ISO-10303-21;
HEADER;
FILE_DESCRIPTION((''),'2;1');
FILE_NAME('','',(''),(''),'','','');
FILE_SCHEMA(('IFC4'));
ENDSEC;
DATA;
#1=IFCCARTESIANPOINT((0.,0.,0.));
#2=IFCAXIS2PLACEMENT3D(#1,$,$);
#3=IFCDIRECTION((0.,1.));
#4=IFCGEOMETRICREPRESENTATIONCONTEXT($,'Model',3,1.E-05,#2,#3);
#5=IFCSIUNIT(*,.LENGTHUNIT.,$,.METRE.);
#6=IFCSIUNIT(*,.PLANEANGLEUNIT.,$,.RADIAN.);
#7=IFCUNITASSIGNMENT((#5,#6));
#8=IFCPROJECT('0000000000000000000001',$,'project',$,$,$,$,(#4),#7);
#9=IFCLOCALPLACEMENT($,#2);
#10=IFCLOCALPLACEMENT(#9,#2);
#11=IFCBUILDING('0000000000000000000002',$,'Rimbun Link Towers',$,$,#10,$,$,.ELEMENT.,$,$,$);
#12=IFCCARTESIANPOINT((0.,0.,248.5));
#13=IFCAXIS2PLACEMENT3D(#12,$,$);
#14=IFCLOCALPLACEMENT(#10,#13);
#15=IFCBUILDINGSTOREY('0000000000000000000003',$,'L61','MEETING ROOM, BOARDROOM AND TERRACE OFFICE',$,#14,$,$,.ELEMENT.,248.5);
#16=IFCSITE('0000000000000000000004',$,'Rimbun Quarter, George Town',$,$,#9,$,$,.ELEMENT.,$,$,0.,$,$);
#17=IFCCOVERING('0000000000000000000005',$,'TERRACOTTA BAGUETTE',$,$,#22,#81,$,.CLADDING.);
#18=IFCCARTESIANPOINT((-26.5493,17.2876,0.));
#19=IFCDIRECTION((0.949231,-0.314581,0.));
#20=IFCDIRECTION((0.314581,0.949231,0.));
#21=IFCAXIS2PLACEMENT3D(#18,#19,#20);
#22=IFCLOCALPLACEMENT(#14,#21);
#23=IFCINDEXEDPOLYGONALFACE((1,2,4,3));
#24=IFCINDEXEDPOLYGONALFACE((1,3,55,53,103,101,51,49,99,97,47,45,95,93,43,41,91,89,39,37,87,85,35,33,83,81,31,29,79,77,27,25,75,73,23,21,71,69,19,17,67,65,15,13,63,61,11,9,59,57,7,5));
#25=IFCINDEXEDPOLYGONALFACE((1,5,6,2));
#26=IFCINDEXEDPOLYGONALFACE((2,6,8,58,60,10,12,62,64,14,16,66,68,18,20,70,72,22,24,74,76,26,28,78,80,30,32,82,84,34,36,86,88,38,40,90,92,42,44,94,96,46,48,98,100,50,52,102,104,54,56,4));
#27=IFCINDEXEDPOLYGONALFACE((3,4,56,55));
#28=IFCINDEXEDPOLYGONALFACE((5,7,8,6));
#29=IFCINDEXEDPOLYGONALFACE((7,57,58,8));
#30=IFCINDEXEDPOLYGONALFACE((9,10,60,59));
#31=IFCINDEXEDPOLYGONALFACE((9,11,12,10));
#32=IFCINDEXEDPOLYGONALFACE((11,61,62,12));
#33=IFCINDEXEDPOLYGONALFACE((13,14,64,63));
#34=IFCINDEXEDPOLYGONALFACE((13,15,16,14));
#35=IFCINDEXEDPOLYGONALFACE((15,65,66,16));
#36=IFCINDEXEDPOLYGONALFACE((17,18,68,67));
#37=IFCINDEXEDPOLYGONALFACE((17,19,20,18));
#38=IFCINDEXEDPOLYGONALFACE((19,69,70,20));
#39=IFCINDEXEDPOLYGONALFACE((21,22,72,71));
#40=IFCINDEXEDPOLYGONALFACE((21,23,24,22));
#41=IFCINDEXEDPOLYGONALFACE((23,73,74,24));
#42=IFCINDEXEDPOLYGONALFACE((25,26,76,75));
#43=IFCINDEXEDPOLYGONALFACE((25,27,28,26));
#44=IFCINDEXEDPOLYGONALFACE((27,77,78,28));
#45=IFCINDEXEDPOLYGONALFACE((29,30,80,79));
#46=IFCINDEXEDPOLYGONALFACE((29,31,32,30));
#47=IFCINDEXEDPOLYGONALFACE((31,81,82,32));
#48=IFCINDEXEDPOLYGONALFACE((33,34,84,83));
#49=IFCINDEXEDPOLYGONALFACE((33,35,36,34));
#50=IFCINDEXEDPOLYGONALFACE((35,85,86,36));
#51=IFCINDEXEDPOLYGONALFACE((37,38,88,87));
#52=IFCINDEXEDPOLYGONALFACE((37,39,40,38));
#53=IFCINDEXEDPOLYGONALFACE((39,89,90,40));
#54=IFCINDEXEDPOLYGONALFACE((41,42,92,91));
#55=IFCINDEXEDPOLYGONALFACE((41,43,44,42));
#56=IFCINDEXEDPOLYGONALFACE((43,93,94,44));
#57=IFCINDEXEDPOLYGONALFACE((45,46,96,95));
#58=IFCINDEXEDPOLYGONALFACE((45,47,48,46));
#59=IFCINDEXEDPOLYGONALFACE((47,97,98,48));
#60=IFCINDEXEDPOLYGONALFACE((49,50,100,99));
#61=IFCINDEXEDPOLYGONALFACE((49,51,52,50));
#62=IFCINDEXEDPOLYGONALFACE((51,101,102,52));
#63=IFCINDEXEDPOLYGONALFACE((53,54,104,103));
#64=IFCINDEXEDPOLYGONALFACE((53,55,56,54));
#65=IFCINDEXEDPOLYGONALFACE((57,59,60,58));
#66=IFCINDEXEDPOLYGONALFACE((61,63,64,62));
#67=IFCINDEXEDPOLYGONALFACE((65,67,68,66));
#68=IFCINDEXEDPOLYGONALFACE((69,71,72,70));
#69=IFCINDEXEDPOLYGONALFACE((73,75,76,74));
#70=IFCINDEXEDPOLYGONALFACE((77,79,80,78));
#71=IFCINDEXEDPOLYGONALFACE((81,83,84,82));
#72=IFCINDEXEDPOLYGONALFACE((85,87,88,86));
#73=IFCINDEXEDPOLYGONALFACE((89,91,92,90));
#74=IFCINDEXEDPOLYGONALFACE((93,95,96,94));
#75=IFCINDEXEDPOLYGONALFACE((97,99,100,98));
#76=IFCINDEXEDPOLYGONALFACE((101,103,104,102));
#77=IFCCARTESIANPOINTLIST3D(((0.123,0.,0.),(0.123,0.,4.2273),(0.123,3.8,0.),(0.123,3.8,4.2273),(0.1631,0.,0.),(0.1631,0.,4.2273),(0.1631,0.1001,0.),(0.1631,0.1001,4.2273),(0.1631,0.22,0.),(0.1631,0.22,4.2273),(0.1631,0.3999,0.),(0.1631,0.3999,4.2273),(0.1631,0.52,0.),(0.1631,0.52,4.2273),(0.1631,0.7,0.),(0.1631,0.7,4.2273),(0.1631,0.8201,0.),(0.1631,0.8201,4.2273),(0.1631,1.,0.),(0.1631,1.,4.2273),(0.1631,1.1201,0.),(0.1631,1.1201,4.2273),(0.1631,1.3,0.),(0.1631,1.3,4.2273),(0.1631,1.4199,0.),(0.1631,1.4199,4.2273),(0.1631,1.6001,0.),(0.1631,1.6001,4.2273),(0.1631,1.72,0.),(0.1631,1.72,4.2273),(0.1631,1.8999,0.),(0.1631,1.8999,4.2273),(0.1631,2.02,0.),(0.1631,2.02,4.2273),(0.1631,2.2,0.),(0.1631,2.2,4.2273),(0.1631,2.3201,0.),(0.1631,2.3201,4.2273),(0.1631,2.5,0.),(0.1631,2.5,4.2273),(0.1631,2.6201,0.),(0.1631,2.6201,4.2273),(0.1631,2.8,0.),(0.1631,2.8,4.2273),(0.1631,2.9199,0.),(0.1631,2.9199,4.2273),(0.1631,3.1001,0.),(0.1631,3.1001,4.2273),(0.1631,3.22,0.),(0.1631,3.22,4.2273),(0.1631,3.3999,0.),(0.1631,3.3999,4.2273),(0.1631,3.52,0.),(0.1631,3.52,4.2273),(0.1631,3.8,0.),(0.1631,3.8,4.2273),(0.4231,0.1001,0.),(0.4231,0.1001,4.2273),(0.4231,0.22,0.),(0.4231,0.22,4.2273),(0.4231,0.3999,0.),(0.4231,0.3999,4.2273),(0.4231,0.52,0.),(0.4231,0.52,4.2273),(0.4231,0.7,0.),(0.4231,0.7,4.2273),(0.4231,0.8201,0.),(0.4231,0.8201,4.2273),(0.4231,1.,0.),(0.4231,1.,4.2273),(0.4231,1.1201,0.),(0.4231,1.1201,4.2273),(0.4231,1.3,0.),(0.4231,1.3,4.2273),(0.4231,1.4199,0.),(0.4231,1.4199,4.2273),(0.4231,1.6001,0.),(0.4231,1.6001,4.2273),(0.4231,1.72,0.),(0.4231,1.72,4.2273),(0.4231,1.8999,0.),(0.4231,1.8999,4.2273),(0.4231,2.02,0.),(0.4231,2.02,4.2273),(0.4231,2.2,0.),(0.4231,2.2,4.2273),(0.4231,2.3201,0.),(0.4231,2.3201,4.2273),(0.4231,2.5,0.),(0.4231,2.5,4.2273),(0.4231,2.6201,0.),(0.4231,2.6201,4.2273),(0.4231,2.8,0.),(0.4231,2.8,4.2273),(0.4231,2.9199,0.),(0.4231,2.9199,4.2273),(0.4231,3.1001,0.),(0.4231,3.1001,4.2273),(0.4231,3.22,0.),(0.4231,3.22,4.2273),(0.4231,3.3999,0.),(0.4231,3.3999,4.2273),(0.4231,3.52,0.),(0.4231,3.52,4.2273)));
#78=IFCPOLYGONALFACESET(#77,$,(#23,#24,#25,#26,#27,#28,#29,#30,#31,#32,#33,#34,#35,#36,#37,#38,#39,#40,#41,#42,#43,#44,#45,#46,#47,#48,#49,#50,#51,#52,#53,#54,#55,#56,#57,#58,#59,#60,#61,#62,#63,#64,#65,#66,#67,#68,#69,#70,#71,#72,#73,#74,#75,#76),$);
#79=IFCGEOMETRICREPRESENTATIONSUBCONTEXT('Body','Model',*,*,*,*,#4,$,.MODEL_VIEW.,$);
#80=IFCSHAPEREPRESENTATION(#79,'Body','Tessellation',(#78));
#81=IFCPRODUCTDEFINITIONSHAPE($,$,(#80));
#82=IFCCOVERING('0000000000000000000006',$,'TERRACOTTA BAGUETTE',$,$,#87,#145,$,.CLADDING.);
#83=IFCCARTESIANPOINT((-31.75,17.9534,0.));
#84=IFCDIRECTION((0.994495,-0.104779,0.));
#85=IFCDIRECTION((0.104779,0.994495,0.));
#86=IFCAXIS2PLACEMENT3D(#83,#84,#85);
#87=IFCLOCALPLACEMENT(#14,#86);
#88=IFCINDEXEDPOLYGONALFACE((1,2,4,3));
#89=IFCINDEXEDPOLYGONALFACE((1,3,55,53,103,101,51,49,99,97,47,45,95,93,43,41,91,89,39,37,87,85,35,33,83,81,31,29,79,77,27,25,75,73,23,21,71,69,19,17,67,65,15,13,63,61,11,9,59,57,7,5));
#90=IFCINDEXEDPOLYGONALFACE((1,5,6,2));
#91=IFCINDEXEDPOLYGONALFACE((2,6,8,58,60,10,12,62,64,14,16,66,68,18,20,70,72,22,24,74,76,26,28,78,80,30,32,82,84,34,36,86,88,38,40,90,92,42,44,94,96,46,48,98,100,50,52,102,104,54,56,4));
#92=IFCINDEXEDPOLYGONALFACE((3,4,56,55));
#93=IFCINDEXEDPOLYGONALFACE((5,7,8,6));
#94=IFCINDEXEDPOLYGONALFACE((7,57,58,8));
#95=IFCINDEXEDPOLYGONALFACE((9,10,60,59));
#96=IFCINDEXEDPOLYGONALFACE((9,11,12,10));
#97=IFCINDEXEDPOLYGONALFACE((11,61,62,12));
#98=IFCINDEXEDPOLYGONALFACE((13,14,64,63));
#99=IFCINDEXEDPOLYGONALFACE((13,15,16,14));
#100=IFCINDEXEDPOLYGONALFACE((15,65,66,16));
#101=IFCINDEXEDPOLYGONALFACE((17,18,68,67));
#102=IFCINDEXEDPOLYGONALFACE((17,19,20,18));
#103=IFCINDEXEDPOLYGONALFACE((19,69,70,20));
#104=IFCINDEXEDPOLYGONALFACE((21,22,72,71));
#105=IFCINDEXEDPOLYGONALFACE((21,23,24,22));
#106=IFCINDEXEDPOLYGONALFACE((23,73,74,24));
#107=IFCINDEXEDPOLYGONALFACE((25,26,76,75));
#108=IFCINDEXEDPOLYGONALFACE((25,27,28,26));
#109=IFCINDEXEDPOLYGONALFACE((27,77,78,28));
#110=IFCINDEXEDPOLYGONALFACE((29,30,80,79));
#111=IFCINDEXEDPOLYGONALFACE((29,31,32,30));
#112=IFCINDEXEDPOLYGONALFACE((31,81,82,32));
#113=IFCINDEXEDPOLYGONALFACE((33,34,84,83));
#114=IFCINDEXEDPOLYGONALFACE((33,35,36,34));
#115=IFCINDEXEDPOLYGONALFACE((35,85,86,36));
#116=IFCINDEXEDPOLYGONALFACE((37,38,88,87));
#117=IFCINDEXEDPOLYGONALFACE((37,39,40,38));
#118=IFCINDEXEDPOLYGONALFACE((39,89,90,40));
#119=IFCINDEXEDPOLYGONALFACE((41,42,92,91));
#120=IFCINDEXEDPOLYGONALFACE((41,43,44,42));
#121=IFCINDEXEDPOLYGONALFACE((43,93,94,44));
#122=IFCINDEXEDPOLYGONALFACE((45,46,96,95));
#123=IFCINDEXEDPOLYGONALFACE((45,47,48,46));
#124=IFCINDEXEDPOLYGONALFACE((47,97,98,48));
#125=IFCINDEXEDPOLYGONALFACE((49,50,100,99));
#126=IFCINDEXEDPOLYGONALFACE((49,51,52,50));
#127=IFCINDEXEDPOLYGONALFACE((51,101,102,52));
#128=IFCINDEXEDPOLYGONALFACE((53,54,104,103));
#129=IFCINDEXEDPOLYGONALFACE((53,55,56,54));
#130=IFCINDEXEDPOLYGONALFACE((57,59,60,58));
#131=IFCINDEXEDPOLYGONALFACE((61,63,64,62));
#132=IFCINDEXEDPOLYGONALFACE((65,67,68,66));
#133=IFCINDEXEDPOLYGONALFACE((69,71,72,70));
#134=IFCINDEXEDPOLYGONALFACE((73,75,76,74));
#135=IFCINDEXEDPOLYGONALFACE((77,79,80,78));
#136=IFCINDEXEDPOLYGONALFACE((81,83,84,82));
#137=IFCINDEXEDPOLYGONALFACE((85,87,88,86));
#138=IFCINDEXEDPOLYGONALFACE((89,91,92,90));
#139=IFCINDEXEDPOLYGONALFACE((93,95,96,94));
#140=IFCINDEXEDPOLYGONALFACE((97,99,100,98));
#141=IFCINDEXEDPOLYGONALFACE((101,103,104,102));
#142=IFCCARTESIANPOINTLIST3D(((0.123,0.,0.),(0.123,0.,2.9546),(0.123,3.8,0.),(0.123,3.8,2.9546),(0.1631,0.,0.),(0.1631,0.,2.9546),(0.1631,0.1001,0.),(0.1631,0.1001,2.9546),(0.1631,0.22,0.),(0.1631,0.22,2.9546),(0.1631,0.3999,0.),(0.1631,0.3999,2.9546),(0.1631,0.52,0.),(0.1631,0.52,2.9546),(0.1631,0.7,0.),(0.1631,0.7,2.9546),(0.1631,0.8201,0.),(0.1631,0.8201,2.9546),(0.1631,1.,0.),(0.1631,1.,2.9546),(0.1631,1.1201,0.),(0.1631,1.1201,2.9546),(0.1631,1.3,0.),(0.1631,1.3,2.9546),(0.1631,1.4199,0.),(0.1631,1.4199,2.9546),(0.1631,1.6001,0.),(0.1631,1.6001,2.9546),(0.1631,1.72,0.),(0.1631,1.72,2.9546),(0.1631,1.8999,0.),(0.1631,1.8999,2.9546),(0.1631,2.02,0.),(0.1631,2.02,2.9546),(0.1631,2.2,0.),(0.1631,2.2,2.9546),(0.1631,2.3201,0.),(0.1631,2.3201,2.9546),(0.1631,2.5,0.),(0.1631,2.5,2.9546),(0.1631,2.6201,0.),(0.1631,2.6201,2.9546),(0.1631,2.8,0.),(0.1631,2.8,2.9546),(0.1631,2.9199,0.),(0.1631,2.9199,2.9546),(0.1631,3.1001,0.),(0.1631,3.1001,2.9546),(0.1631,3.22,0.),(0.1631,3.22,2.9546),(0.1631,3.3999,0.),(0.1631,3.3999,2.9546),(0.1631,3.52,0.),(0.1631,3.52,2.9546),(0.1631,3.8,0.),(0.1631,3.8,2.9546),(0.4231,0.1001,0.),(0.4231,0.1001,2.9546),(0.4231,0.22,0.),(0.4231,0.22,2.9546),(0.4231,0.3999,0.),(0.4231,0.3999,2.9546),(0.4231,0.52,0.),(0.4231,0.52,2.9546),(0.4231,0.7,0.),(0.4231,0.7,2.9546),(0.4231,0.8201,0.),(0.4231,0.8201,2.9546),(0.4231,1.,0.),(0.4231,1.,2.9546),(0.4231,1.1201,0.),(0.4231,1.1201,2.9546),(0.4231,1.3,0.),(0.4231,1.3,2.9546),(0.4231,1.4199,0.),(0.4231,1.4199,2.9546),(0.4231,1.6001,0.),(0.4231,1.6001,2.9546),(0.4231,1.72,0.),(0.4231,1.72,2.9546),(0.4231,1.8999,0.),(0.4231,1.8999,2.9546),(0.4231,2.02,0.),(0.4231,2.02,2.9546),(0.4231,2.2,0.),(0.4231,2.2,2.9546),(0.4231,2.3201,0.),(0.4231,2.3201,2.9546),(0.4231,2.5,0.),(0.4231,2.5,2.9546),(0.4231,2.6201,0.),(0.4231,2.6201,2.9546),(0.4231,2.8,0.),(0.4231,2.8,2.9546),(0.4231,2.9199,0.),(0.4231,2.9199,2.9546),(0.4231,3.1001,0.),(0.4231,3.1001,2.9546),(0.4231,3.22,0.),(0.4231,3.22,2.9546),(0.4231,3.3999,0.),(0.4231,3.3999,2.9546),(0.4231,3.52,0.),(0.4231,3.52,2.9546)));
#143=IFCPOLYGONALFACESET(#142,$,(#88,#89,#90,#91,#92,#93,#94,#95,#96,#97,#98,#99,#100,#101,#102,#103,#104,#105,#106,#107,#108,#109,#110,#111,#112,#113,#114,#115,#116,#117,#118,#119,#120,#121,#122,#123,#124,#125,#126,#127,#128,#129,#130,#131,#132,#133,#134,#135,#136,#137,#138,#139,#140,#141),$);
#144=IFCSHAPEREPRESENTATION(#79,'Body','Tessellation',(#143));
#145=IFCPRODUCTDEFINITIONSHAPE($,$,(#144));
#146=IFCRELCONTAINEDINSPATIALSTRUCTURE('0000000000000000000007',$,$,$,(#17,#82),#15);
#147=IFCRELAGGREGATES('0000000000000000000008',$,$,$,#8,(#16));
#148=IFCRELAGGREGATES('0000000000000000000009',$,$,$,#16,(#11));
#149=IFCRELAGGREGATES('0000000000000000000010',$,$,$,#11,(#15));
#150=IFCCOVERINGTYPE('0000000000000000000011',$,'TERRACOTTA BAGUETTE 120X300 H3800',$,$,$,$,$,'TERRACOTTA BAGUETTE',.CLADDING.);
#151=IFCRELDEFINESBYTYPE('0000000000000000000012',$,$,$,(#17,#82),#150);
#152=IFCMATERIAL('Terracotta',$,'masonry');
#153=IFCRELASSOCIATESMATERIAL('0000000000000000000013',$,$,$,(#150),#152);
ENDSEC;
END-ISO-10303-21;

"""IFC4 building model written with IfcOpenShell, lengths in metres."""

from ifc_helpers import new_model, si_unit, direction, frame, origin, place, context, subcontext, project, spatial, polyline, outline, extrude, material, material_profile, profile_set, type_object, element, save


model = new_model("IFC4")

# Units and contexts
model_context = context("Model", 3, precision=1e-05, world=origin(), true_north=direction((0.0, 1.0)))
body_context = subcontext(model_context, "Body", "Model", "MODEL_VIEW")
ifc_project = project(units=[si_unit("LENGTHUNIT", "METRE"), si_unit("PLANEANGLEUNIT", "RADIAN")], contexts=[model_context])

# Site, building, storey
site_placement = place(None, origin())
site = spatial("IfcSite", under=ifc_project, at=site_placement, Name="Rimbun Quarter, George Town", CompositionType="ELEMENT", RefElevation=0.0)
building_placement = place(site_placement, origin())
building = spatial("IfcBuilding", under=site, at=building_placement, Name="Rimbun Link Towers", CompositionType="ELEMENT")
storey_placement = place(building_placement, frame((0.0, 0.0, 248.5)))
storey = spatial("IfcBuildingStorey", under=building, at=storey_placement, Name="L61", Description="MEETING ROOM, BOARDROOM AND TERRACE OFFICE", CompositionType="ELEMENT", Elevation=248.5)

# Coverings
ifc_material_1 = material(Name="Terracotta", Category="masonry")
ifc_material_profile_1 = material_profile(ifc_material_1, outline(polyline([(0.123, 0.0), (0.1631, 0.0), (0.1631, 0.1001), (0.4231, 0.1001), (0.4231, 0.22), (0.1631, 0.22), (0.1631, 0.3999), (0.4231, 0.3999), (0.4231, 0.52), (0.1631, 0.52), (0.1631, 0.7), (0.4231, 0.7), (0.4231, 0.8201), (0.1631, 0.8201), (0.1631, 1.0), (0.4231, 1.0), (0.4231, 1.1201), (0.1631, 1.1201), (0.1631, 1.3), (0.4231, 1.3), (0.4231, 1.4199), (0.1631, 1.4199), (0.1631, 1.6001), (0.4231, 1.6001), (0.4231, 1.72), (0.1631, 1.72), (0.1631, 1.8999), (0.4231, 1.8999), (0.4231, 2.02), (0.1631, 2.02), (0.1631, 2.2), (0.4231, 2.2), (0.4231, 2.3201), (0.1631, 2.3201), (0.1631, 2.5), (0.4231, 2.5), (0.4231, 2.6201), (0.1631, 2.6201), (0.1631, 2.8), (0.4231, 2.8), (0.4231, 2.9199), (0.1631, 2.9199), (0.1631, 3.1001), (0.4231, 3.1001), (0.4231, 3.22), (0.1631, 3.22), (0.1631, 3.3999), (0.4231, 3.3999), (0.4231, 3.52), (0.1631, 3.52), (0.1631, 3.8), (0.123, 3.8), (0.123, 0.0)])), Name="BAGUETTE 120X300")
ifc_profile_set_1 = profile_set([ifc_material_profile_1], Name="Terracotta")
covering_type = type_object("IfcCoveringType", Name="TERRACOTTA BAGUETTE 120X300 H3800", ElementType="TERRACOTTA BAGUETTE", PredefinedType="CLADDING", material=ifc_profile_set_1)
covering_1_placement = place(storey_placement, frame((-26.5493, 17.2876, 0.0), z_axis=(0.949231, -0.314581, 0.0), x_axis=(0.314581, 0.949231, 0.0)))
element("IfcCovering", 1, at=covering_1_placement, inside=storey, type_object=covering_type, Name="TERRACOTTA BAGUETTE", PredefinedType="CLADDING", context=body_context, shape_type="SweptSolid", body=[
    extrude(outline(polyline([(0.123, 0.0), (0.1631, 0.0), (0.1631, 0.1001), (0.4231, 0.1001), (0.4231, 0.22), (0.1631, 0.22), (0.1631, 0.3999), (0.4231, 0.3999), (0.4231, 0.52), (0.1631, 0.52), (0.1631, 0.7), (0.4231, 0.7), (0.4231, 0.8201), (0.1631, 0.8201), (0.1631, 1.0), (0.4231, 1.0), (0.4231, 1.1201), (0.1631, 1.1201), (0.1631, 1.3), (0.4231, 1.3), (0.4231, 1.4199), (0.1631, 1.4199), (0.1631, 1.6001), (0.4231, 1.6001), (0.4231, 1.72), (0.1631, 1.72), (0.1631, 1.8999), (0.4231, 1.8999), (0.4231, 2.02), (0.1631, 2.02), (0.1631, 2.2), (0.4231, 2.2), (0.4231, 2.3201), (0.1631, 2.3201), (0.1631, 2.5), (0.4231, 2.5), (0.4231, 2.6201), (0.1631, 2.6201), (0.1631, 2.8), (0.4231, 2.8), (0.4231, 2.9199), (0.1631, 2.9199), (0.1631, 3.1001), (0.4231, 3.1001), (0.4231, 3.22), (0.1631, 3.22), (0.1631, 3.3999), (0.4231, 3.3999), (0.4231, 3.52), (0.1631, 3.52), (0.1631, 3.8), (0.123, 3.8), (0.123, 0.0)])), origin(), (0.0, 0.0, 1.0), 4.2273),
])
covering_2_placement = place(storey_placement, frame((-31.75, 17.9534, 0.0), z_axis=(0.994495, -0.104779, 0.0), x_axis=(0.104779, 0.994495, 0.0)))
element("IfcCovering", 2, at=covering_2_placement, inside=storey, type_object=covering_type, Name="TERRACOTTA BAGUETTE", PredefinedType="CLADDING", context=body_context, shape_type="SweptSolid", body=[
    extrude(outline(polyline([(0.123, 0.0), (0.1631, 0.0), (0.1631, 0.1001), (0.4231, 0.1001), (0.4231, 0.22), (0.1631, 0.22), (0.1631, 0.3999), (0.4231, 0.3999), (0.4231, 0.52), (0.1631, 0.52), (0.1631, 0.7), (0.4231, 0.7), (0.4231, 0.8201), (0.1631, 0.8201), (0.1631, 1.0), (0.4231, 1.0), (0.4231, 1.1201), (0.1631, 1.1201), (0.1631, 1.3), (0.4231, 1.3), (0.4231, 1.4199), (0.1631, 1.4199), (0.1631, 1.6001), (0.4231, 1.6001), (0.4231, 1.72), (0.1631, 1.72), (0.1631, 1.8999), (0.4231, 1.8999), (0.4231, 2.02), (0.1631, 2.02), (0.1631, 2.2), (0.4231, 2.2), (0.4231, 2.3201), (0.1631, 2.3201), (0.1631, 2.5), (0.4231, 2.5), (0.4231, 2.6201), (0.1631, 2.6201), (0.1631, 2.8), (0.4231, 2.8), (0.4231, 2.9199), (0.1631, 2.9199), (0.1631, 3.1001), (0.4231, 3.1001), (0.4231, 3.22), (0.1631, 3.22), (0.1631, 3.3999), (0.4231, 3.3999), (0.4231, 3.52), (0.1631, 3.52), (0.1631, 3.8), (0.123, 3.8), (0.123, 0.0)])), origin(), (0.0, 0.0, 1.0), 2.9546),
])

save(model, "model.ifc")
